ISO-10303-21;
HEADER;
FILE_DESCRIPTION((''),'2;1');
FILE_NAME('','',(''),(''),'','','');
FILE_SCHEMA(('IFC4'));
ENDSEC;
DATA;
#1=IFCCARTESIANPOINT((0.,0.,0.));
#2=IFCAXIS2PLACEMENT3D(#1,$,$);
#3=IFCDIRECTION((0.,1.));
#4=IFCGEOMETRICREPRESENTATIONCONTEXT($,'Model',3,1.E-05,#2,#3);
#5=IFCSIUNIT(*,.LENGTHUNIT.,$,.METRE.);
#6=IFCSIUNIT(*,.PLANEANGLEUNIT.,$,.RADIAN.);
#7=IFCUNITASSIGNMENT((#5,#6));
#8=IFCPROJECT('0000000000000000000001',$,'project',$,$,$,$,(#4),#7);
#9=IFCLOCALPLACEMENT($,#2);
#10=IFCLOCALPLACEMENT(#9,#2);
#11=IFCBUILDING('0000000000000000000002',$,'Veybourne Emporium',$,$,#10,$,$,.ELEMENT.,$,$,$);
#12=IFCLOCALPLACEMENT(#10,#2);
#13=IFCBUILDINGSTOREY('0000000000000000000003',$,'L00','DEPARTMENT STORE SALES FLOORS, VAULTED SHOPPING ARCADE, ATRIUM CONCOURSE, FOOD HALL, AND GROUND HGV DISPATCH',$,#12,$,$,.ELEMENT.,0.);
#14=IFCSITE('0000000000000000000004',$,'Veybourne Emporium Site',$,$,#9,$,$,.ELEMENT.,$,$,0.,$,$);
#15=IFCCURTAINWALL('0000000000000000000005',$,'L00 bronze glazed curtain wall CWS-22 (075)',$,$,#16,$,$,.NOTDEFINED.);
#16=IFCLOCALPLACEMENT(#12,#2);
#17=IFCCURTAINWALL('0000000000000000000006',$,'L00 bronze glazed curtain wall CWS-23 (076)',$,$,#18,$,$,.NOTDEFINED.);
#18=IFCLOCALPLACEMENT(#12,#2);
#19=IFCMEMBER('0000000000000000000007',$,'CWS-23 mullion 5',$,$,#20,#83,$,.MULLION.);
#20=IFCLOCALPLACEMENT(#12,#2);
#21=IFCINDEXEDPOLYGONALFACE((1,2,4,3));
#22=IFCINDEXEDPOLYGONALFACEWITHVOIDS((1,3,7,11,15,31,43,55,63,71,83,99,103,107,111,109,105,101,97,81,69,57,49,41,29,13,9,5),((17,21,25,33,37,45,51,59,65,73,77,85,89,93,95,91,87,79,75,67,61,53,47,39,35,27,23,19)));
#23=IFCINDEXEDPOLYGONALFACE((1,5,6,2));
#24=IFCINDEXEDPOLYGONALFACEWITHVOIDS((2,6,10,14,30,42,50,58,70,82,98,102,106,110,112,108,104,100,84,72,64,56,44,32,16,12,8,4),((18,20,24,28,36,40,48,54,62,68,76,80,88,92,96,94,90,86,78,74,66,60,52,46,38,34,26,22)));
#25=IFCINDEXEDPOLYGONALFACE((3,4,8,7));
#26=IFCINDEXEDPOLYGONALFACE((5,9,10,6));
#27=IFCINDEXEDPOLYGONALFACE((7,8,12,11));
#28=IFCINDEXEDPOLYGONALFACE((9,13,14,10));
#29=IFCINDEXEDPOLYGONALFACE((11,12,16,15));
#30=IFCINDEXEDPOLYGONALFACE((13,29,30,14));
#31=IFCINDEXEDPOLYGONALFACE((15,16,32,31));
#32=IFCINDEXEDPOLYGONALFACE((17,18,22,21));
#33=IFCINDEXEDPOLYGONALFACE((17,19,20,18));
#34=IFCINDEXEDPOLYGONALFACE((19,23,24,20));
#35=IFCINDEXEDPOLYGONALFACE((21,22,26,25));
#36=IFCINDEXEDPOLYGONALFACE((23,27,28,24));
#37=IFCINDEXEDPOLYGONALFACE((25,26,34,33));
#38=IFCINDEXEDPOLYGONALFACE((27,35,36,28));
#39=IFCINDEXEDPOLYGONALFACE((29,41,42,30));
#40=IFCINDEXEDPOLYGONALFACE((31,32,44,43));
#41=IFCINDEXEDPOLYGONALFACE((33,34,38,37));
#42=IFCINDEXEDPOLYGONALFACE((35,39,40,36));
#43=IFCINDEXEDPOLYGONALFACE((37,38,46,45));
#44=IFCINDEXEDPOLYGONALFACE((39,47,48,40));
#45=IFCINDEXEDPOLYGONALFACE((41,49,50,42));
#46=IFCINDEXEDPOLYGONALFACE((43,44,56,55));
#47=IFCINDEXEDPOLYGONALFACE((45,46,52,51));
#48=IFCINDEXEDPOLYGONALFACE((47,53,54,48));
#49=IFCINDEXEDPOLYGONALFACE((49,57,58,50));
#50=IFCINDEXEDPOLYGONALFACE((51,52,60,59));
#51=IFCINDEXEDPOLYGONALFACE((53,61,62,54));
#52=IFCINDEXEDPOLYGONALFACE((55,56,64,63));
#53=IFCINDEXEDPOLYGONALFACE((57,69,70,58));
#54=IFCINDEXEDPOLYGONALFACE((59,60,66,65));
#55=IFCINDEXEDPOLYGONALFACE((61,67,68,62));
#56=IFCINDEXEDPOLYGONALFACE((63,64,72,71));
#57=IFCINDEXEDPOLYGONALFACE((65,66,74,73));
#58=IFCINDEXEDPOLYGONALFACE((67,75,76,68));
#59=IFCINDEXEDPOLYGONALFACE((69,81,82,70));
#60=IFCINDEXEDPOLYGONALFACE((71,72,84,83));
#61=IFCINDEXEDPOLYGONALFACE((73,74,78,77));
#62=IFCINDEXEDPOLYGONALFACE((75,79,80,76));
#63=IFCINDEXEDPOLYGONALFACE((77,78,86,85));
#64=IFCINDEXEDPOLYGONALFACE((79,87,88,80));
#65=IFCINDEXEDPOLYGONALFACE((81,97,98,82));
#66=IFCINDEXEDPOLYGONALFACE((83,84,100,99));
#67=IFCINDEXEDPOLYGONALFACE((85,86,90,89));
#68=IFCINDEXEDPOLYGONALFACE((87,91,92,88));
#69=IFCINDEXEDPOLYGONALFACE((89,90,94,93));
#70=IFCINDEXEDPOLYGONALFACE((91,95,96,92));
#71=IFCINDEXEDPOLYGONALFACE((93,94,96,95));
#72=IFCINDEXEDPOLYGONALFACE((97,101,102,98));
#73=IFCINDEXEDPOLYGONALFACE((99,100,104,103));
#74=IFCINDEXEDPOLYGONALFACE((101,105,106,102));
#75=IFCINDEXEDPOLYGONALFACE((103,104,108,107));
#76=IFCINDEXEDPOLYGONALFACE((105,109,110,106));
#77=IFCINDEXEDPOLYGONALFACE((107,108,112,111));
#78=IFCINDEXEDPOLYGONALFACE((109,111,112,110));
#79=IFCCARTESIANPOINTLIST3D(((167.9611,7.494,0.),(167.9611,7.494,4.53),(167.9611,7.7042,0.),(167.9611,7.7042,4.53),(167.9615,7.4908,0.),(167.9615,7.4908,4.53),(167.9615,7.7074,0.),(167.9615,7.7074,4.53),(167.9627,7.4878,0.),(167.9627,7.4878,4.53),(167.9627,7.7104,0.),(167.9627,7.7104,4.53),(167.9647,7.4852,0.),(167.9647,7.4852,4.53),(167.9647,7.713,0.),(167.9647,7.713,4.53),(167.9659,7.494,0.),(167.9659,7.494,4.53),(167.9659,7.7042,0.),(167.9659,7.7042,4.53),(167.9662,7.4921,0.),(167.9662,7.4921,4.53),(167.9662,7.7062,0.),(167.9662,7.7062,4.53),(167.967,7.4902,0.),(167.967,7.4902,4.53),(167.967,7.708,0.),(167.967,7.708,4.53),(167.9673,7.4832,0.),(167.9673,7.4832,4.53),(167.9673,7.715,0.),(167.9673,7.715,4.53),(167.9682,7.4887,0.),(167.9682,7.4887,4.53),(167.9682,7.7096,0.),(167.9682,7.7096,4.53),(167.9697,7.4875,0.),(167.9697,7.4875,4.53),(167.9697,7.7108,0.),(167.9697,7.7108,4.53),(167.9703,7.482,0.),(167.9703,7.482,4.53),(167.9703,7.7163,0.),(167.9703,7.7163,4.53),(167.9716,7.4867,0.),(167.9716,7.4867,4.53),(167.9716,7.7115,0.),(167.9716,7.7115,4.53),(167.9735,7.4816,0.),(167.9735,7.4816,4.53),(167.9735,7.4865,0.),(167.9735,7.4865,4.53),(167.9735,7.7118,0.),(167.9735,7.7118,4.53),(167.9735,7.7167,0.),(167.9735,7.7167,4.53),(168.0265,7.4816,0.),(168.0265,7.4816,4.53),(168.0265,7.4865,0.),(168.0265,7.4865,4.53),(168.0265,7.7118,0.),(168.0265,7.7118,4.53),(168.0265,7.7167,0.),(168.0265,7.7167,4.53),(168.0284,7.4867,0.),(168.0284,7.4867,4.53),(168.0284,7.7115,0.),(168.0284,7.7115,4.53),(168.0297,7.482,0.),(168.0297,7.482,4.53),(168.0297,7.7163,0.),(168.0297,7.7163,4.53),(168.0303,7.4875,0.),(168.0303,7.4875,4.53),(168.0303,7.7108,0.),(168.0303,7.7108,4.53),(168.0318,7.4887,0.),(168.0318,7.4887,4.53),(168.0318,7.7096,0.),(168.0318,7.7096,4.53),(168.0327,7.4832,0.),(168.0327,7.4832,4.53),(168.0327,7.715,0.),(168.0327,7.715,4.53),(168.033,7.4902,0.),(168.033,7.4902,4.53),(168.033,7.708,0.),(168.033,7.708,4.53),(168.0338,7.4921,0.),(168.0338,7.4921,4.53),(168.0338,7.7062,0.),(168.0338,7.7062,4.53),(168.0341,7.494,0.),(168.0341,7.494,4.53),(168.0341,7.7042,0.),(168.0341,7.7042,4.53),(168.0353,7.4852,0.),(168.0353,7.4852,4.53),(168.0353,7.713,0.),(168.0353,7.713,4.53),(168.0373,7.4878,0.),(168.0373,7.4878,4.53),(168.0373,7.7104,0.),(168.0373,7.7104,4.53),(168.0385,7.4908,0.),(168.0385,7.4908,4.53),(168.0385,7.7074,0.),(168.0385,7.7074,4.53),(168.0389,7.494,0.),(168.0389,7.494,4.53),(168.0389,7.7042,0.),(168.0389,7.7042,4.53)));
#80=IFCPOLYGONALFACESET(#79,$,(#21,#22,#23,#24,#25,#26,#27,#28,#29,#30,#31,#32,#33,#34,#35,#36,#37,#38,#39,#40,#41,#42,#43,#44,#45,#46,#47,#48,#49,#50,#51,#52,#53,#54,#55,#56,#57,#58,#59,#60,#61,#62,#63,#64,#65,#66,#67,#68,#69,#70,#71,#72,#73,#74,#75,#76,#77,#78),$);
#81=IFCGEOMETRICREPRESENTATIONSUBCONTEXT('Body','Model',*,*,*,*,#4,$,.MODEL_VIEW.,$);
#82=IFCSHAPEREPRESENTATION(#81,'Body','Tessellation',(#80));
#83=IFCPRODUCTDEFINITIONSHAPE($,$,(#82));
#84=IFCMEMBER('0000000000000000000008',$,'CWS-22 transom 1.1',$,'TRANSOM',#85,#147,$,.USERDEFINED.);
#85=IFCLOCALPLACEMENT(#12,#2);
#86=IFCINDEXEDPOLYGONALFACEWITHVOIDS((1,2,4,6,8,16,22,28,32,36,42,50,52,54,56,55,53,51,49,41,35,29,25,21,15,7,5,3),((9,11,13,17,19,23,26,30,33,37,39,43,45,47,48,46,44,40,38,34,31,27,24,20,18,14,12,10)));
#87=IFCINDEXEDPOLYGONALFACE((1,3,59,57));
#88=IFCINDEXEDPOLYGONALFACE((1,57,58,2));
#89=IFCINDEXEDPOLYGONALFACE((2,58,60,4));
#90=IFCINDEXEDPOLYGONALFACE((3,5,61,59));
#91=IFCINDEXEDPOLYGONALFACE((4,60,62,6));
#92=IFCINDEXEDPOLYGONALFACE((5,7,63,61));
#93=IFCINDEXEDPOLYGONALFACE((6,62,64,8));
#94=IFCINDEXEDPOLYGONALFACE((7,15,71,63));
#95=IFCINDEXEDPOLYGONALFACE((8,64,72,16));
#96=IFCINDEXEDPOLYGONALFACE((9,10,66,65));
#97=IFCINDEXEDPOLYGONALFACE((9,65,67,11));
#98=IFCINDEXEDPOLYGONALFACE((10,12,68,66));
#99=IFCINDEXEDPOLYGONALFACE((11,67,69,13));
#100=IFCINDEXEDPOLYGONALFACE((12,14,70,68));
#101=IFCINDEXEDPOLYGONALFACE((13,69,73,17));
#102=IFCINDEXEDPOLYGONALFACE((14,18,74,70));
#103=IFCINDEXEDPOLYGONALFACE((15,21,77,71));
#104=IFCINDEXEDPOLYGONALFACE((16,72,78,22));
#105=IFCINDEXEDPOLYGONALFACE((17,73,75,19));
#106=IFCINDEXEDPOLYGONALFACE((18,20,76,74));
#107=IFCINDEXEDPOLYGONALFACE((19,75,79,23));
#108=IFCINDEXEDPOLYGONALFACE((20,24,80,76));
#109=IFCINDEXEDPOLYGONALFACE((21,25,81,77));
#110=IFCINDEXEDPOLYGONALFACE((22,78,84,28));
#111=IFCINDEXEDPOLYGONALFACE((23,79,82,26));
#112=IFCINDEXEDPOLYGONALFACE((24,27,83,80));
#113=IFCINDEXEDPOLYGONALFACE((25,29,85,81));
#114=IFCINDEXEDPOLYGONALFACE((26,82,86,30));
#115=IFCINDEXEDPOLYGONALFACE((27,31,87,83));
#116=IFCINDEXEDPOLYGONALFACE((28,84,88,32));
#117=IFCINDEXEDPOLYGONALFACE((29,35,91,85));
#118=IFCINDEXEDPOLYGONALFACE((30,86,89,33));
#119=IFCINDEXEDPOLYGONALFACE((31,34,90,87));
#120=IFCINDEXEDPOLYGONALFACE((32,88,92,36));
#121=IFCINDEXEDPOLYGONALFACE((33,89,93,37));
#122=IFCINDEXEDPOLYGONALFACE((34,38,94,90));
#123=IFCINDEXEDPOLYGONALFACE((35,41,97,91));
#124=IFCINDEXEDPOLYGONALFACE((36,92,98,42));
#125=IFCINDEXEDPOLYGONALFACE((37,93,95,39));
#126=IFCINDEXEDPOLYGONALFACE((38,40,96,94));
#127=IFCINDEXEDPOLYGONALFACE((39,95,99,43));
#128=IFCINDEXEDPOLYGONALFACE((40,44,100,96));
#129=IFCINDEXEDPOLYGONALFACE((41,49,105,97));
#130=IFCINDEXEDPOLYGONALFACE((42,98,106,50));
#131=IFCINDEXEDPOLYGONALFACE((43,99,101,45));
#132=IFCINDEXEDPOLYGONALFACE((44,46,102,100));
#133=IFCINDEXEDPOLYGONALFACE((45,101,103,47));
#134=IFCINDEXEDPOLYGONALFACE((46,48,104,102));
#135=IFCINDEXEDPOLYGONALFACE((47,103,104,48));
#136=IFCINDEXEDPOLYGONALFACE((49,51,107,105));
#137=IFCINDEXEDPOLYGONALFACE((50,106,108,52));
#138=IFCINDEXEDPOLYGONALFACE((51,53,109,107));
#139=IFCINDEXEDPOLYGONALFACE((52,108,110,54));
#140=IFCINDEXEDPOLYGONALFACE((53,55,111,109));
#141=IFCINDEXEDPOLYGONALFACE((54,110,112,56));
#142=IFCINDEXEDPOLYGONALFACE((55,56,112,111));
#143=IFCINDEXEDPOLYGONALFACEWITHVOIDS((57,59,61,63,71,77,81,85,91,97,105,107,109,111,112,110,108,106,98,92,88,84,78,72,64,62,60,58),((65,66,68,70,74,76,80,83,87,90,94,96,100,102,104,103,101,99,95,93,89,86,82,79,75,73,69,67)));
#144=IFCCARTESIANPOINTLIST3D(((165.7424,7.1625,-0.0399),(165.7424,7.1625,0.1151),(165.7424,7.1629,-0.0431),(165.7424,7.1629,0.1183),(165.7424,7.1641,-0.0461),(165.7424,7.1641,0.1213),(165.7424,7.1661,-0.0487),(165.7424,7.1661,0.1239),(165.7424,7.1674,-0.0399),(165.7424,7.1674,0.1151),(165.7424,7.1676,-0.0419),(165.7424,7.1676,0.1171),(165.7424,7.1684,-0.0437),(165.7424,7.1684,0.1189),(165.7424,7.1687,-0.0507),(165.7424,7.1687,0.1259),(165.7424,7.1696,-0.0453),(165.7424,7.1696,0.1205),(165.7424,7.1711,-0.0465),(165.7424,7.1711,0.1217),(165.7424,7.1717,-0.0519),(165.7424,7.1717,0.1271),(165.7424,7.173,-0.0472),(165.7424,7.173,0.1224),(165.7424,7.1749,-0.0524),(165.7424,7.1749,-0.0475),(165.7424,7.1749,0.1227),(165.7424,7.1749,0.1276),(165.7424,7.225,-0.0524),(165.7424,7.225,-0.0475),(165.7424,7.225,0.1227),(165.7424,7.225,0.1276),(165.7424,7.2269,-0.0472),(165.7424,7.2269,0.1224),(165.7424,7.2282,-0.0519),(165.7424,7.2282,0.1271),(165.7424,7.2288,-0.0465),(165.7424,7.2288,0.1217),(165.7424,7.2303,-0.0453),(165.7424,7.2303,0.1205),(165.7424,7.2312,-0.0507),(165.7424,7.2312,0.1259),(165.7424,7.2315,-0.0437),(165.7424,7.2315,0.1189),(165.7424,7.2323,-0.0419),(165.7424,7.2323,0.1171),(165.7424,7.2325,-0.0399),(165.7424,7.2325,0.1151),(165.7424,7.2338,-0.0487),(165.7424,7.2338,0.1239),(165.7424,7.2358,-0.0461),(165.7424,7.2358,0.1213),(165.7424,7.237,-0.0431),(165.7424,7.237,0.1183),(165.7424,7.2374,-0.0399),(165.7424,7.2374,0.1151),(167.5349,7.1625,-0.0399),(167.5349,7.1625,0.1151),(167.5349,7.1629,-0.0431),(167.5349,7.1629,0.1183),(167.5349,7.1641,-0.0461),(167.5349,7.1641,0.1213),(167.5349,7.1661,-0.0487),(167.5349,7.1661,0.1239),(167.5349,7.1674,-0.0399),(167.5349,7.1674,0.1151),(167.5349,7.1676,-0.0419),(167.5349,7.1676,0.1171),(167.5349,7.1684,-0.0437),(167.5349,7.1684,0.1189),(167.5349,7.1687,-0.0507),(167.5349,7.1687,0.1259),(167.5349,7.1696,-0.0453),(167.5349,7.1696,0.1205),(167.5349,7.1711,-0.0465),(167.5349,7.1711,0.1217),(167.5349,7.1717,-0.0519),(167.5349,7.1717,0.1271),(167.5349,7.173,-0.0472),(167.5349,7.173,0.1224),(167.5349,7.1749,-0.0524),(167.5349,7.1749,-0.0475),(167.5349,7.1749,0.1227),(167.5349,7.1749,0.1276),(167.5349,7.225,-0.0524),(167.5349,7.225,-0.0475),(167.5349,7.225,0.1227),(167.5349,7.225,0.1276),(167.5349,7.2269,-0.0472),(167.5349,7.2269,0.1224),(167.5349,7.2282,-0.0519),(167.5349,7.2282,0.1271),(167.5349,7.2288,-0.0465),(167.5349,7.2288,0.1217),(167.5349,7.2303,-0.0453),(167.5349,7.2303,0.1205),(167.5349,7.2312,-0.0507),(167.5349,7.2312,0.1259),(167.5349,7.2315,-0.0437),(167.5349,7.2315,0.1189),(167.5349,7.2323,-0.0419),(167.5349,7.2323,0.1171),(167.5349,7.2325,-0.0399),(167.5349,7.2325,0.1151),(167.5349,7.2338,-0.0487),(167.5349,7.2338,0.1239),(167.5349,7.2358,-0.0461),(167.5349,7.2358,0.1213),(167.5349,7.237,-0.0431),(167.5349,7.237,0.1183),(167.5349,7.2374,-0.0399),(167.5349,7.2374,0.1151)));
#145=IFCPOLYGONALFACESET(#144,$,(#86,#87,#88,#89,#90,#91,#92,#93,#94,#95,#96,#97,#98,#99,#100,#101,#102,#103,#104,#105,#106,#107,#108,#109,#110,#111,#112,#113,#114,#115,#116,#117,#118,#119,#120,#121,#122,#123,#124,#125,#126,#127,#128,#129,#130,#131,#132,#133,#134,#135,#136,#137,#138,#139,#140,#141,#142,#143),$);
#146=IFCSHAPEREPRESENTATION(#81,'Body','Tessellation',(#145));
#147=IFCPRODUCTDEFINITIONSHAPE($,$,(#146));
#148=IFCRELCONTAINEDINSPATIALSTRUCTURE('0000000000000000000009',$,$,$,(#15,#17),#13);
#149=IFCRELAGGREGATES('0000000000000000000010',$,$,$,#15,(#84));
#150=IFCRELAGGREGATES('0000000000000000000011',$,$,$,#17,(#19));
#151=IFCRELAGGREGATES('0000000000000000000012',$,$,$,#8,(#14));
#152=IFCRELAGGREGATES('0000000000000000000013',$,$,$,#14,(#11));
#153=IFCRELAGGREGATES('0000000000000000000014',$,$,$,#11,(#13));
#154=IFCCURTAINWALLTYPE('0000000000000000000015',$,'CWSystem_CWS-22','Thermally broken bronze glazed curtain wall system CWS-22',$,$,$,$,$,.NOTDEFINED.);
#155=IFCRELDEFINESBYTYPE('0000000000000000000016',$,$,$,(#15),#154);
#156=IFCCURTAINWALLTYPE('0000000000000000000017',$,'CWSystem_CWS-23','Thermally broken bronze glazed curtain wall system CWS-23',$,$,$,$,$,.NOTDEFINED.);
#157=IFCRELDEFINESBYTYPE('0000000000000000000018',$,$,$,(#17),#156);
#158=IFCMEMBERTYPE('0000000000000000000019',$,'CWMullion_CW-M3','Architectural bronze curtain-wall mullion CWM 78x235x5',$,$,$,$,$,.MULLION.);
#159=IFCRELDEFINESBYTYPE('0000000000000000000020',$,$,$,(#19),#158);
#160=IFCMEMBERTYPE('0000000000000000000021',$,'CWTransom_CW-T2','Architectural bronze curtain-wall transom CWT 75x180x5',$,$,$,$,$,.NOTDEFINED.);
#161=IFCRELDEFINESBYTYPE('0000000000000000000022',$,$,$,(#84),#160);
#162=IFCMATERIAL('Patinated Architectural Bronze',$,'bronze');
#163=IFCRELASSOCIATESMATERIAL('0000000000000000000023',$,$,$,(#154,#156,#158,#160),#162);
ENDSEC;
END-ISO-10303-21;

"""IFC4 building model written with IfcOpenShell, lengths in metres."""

from ifc_helpers import new_model, si_unit, direction, frame, origin, origin_2d, place, context, subcontext, project, spatial, hollow_rectangle, extrude, material, material_profile, profile_set, type_object, element, aggregate, save


model = new_model("IFC4")

# Units and contexts
model_context = context("Model", 3, precision=1e-05, world=origin(), true_north=direction((0.0, 1.0)))
body_context = subcontext(model_context, "Body", "Model", "MODEL_VIEW")
ifc_project = project(units=[si_unit("LENGTHUNIT", "METRE"), si_unit("PLANEANGLEUNIT", "RADIAN")], contexts=[model_context])

# Site, building, storey
site_placement = place(None, origin())
site = spatial("IfcSite", under=ifc_project, at=site_placement, Name="Veybourne Emporium Site", CompositionType="ELEMENT", RefElevation=0.0)
building_placement = place(site_placement, origin())
building = spatial("IfcBuilding", under=site, at=building_placement, Name="Veybourne Emporium", CompositionType="ELEMENT")
storey_placement = place(building_placement, origin())
storey = spatial("IfcBuildingStorey", under=building, at=storey_placement, Name="L00", Description="DEPARTMENT STORE SALES FLOORS, VAULTED SHOPPING ARCADE, ATRIUM CONCOURSE, FOOD HALL, AND GROUND HGV DISPATCH", CompositionType="ELEMENT", Elevation=0.0)

# Curtain walls, member
ifc_material_1 = material(Name="Patinated Architectural Bronze", Category="bronze")
curtain_wall_type_1 = type_object("IfcCurtainWallType", Name="CWSystem_CWS-22", Description="Thermally broken bronze glazed curtain wall system CWS-22", PredefinedType="NOTDEFINED", material=ifc_material_1)
curtain_wall_1_placement = place(storey_placement, origin())
curtain_wall_1 = element("IfcCurtainWall", 1, at=curtain_wall_1_placement, inside=storey, type_object=curtain_wall_type_1, Name="L00 bronze glazed curtain wall CWS-22 (075)", PredefinedType="NOTDEFINED")
curtain_wall_type_2 = type_object("IfcCurtainWallType", Name="CWSystem_CWS-23", Description="Thermally broken bronze glazed curtain wall system CWS-23", PredefinedType="NOTDEFINED", material=ifc_material_1)
curtain_wall_2_placement = place(storey_placement, origin())
curtain_wall_2 = element("IfcCurtainWall", 2, at=curtain_wall_2_placement, inside=storey, type_object=curtain_wall_type_2, Name="L00 bronze glazed curtain wall CWS-23 (076)", PredefinedType="NOTDEFINED")
ifc_material_profile_1 = material_profile(ifc_material_1, hollow_rectangle(XDim=0.0779, YDim=0.2351, WallThickness=0.0049, InnerFilletRadius=0.0076, OuterFilletRadius=0.0125, at=origin_2d()), Name="CWM 78x235x5")
ifc_profile_set_1 = profile_set([ifc_material_profile_1], Name="Patinated Architectural Bronze")
member_type_1 = type_object("IfcMemberType", Name="CWMullion_CW-M3", Description="Architectural bronze curtain-wall mullion CWM 78x235x5", PredefinedType="MULLION", material=ifc_profile_set_1)
member_1_placement = place(storey_placement, frame((168.0, 7.5991, 0.0), z_axis=(0.0, 0.0, 1.0), x_axis=(1.0, 0.0, 0.0)))
member_1 = element("IfcMember", 3, at=member_1_placement, type_object=member_type_1, Name="CWS-23 mullion 5", PredefinedType="MULLION", context=body_context, shape_type="SweptSolid", body=[
    extrude(hollow_rectangle(XDim=0.0779, YDim=0.2351, WallThickness=0.0049, InnerFilletRadius=0.0076, OuterFilletRadius=0.0125, at=origin_2d()), origin(), (0.0, 0.0, 1.0), 4.53),
])

# Member
ifc_material_profile_2 = material_profile(ifc_material_1, hollow_rectangle(XDim=0.075, YDim=0.1799, WallThickness=0.0049, InnerFilletRadius=0.0076, OuterFilletRadius=0.0125, at=origin_2d()), Name="CWT 75x180x5")
ifc_profile_set_2 = profile_set([ifc_material_profile_2], Name="Patinated Architectural Bronze")
member_type_2 = type_object("IfcMemberType", Name="CWTransom_CW-T2", Description="Architectural bronze curtain-wall transom CWT 75x180x5", PredefinedType="NOTDEFINED", material=ifc_profile_set_2)
member_2_placement = place(storey_placement, frame((167.5349, 7.2, 0.0376), z_axis=(-1.0, 0.0, 0.0), x_axis=(0.0, -1.0, 0.0)))
member_2 = element("IfcMember", 4, at=member_2_placement, type_object=member_type_2, Name="CWS-22 transom 1.1", ObjectType="TRANSOM", PredefinedType="USERDEFINED", context=body_context, shape_type="SweptSolid", body=[
    extrude(hollow_rectangle(XDim=0.075, YDim=0.1799, WallThickness=0.0049, InnerFilletRadius=0.0076, OuterFilletRadius=0.0125, at=origin_2d()), origin(), (0.0, 0.0, 1.0), 1.7925),
])

aggregate(curtain_wall_1, [member_2])
aggregate(curtain_wall_2, [member_1])

save(model, "model.ifc")
